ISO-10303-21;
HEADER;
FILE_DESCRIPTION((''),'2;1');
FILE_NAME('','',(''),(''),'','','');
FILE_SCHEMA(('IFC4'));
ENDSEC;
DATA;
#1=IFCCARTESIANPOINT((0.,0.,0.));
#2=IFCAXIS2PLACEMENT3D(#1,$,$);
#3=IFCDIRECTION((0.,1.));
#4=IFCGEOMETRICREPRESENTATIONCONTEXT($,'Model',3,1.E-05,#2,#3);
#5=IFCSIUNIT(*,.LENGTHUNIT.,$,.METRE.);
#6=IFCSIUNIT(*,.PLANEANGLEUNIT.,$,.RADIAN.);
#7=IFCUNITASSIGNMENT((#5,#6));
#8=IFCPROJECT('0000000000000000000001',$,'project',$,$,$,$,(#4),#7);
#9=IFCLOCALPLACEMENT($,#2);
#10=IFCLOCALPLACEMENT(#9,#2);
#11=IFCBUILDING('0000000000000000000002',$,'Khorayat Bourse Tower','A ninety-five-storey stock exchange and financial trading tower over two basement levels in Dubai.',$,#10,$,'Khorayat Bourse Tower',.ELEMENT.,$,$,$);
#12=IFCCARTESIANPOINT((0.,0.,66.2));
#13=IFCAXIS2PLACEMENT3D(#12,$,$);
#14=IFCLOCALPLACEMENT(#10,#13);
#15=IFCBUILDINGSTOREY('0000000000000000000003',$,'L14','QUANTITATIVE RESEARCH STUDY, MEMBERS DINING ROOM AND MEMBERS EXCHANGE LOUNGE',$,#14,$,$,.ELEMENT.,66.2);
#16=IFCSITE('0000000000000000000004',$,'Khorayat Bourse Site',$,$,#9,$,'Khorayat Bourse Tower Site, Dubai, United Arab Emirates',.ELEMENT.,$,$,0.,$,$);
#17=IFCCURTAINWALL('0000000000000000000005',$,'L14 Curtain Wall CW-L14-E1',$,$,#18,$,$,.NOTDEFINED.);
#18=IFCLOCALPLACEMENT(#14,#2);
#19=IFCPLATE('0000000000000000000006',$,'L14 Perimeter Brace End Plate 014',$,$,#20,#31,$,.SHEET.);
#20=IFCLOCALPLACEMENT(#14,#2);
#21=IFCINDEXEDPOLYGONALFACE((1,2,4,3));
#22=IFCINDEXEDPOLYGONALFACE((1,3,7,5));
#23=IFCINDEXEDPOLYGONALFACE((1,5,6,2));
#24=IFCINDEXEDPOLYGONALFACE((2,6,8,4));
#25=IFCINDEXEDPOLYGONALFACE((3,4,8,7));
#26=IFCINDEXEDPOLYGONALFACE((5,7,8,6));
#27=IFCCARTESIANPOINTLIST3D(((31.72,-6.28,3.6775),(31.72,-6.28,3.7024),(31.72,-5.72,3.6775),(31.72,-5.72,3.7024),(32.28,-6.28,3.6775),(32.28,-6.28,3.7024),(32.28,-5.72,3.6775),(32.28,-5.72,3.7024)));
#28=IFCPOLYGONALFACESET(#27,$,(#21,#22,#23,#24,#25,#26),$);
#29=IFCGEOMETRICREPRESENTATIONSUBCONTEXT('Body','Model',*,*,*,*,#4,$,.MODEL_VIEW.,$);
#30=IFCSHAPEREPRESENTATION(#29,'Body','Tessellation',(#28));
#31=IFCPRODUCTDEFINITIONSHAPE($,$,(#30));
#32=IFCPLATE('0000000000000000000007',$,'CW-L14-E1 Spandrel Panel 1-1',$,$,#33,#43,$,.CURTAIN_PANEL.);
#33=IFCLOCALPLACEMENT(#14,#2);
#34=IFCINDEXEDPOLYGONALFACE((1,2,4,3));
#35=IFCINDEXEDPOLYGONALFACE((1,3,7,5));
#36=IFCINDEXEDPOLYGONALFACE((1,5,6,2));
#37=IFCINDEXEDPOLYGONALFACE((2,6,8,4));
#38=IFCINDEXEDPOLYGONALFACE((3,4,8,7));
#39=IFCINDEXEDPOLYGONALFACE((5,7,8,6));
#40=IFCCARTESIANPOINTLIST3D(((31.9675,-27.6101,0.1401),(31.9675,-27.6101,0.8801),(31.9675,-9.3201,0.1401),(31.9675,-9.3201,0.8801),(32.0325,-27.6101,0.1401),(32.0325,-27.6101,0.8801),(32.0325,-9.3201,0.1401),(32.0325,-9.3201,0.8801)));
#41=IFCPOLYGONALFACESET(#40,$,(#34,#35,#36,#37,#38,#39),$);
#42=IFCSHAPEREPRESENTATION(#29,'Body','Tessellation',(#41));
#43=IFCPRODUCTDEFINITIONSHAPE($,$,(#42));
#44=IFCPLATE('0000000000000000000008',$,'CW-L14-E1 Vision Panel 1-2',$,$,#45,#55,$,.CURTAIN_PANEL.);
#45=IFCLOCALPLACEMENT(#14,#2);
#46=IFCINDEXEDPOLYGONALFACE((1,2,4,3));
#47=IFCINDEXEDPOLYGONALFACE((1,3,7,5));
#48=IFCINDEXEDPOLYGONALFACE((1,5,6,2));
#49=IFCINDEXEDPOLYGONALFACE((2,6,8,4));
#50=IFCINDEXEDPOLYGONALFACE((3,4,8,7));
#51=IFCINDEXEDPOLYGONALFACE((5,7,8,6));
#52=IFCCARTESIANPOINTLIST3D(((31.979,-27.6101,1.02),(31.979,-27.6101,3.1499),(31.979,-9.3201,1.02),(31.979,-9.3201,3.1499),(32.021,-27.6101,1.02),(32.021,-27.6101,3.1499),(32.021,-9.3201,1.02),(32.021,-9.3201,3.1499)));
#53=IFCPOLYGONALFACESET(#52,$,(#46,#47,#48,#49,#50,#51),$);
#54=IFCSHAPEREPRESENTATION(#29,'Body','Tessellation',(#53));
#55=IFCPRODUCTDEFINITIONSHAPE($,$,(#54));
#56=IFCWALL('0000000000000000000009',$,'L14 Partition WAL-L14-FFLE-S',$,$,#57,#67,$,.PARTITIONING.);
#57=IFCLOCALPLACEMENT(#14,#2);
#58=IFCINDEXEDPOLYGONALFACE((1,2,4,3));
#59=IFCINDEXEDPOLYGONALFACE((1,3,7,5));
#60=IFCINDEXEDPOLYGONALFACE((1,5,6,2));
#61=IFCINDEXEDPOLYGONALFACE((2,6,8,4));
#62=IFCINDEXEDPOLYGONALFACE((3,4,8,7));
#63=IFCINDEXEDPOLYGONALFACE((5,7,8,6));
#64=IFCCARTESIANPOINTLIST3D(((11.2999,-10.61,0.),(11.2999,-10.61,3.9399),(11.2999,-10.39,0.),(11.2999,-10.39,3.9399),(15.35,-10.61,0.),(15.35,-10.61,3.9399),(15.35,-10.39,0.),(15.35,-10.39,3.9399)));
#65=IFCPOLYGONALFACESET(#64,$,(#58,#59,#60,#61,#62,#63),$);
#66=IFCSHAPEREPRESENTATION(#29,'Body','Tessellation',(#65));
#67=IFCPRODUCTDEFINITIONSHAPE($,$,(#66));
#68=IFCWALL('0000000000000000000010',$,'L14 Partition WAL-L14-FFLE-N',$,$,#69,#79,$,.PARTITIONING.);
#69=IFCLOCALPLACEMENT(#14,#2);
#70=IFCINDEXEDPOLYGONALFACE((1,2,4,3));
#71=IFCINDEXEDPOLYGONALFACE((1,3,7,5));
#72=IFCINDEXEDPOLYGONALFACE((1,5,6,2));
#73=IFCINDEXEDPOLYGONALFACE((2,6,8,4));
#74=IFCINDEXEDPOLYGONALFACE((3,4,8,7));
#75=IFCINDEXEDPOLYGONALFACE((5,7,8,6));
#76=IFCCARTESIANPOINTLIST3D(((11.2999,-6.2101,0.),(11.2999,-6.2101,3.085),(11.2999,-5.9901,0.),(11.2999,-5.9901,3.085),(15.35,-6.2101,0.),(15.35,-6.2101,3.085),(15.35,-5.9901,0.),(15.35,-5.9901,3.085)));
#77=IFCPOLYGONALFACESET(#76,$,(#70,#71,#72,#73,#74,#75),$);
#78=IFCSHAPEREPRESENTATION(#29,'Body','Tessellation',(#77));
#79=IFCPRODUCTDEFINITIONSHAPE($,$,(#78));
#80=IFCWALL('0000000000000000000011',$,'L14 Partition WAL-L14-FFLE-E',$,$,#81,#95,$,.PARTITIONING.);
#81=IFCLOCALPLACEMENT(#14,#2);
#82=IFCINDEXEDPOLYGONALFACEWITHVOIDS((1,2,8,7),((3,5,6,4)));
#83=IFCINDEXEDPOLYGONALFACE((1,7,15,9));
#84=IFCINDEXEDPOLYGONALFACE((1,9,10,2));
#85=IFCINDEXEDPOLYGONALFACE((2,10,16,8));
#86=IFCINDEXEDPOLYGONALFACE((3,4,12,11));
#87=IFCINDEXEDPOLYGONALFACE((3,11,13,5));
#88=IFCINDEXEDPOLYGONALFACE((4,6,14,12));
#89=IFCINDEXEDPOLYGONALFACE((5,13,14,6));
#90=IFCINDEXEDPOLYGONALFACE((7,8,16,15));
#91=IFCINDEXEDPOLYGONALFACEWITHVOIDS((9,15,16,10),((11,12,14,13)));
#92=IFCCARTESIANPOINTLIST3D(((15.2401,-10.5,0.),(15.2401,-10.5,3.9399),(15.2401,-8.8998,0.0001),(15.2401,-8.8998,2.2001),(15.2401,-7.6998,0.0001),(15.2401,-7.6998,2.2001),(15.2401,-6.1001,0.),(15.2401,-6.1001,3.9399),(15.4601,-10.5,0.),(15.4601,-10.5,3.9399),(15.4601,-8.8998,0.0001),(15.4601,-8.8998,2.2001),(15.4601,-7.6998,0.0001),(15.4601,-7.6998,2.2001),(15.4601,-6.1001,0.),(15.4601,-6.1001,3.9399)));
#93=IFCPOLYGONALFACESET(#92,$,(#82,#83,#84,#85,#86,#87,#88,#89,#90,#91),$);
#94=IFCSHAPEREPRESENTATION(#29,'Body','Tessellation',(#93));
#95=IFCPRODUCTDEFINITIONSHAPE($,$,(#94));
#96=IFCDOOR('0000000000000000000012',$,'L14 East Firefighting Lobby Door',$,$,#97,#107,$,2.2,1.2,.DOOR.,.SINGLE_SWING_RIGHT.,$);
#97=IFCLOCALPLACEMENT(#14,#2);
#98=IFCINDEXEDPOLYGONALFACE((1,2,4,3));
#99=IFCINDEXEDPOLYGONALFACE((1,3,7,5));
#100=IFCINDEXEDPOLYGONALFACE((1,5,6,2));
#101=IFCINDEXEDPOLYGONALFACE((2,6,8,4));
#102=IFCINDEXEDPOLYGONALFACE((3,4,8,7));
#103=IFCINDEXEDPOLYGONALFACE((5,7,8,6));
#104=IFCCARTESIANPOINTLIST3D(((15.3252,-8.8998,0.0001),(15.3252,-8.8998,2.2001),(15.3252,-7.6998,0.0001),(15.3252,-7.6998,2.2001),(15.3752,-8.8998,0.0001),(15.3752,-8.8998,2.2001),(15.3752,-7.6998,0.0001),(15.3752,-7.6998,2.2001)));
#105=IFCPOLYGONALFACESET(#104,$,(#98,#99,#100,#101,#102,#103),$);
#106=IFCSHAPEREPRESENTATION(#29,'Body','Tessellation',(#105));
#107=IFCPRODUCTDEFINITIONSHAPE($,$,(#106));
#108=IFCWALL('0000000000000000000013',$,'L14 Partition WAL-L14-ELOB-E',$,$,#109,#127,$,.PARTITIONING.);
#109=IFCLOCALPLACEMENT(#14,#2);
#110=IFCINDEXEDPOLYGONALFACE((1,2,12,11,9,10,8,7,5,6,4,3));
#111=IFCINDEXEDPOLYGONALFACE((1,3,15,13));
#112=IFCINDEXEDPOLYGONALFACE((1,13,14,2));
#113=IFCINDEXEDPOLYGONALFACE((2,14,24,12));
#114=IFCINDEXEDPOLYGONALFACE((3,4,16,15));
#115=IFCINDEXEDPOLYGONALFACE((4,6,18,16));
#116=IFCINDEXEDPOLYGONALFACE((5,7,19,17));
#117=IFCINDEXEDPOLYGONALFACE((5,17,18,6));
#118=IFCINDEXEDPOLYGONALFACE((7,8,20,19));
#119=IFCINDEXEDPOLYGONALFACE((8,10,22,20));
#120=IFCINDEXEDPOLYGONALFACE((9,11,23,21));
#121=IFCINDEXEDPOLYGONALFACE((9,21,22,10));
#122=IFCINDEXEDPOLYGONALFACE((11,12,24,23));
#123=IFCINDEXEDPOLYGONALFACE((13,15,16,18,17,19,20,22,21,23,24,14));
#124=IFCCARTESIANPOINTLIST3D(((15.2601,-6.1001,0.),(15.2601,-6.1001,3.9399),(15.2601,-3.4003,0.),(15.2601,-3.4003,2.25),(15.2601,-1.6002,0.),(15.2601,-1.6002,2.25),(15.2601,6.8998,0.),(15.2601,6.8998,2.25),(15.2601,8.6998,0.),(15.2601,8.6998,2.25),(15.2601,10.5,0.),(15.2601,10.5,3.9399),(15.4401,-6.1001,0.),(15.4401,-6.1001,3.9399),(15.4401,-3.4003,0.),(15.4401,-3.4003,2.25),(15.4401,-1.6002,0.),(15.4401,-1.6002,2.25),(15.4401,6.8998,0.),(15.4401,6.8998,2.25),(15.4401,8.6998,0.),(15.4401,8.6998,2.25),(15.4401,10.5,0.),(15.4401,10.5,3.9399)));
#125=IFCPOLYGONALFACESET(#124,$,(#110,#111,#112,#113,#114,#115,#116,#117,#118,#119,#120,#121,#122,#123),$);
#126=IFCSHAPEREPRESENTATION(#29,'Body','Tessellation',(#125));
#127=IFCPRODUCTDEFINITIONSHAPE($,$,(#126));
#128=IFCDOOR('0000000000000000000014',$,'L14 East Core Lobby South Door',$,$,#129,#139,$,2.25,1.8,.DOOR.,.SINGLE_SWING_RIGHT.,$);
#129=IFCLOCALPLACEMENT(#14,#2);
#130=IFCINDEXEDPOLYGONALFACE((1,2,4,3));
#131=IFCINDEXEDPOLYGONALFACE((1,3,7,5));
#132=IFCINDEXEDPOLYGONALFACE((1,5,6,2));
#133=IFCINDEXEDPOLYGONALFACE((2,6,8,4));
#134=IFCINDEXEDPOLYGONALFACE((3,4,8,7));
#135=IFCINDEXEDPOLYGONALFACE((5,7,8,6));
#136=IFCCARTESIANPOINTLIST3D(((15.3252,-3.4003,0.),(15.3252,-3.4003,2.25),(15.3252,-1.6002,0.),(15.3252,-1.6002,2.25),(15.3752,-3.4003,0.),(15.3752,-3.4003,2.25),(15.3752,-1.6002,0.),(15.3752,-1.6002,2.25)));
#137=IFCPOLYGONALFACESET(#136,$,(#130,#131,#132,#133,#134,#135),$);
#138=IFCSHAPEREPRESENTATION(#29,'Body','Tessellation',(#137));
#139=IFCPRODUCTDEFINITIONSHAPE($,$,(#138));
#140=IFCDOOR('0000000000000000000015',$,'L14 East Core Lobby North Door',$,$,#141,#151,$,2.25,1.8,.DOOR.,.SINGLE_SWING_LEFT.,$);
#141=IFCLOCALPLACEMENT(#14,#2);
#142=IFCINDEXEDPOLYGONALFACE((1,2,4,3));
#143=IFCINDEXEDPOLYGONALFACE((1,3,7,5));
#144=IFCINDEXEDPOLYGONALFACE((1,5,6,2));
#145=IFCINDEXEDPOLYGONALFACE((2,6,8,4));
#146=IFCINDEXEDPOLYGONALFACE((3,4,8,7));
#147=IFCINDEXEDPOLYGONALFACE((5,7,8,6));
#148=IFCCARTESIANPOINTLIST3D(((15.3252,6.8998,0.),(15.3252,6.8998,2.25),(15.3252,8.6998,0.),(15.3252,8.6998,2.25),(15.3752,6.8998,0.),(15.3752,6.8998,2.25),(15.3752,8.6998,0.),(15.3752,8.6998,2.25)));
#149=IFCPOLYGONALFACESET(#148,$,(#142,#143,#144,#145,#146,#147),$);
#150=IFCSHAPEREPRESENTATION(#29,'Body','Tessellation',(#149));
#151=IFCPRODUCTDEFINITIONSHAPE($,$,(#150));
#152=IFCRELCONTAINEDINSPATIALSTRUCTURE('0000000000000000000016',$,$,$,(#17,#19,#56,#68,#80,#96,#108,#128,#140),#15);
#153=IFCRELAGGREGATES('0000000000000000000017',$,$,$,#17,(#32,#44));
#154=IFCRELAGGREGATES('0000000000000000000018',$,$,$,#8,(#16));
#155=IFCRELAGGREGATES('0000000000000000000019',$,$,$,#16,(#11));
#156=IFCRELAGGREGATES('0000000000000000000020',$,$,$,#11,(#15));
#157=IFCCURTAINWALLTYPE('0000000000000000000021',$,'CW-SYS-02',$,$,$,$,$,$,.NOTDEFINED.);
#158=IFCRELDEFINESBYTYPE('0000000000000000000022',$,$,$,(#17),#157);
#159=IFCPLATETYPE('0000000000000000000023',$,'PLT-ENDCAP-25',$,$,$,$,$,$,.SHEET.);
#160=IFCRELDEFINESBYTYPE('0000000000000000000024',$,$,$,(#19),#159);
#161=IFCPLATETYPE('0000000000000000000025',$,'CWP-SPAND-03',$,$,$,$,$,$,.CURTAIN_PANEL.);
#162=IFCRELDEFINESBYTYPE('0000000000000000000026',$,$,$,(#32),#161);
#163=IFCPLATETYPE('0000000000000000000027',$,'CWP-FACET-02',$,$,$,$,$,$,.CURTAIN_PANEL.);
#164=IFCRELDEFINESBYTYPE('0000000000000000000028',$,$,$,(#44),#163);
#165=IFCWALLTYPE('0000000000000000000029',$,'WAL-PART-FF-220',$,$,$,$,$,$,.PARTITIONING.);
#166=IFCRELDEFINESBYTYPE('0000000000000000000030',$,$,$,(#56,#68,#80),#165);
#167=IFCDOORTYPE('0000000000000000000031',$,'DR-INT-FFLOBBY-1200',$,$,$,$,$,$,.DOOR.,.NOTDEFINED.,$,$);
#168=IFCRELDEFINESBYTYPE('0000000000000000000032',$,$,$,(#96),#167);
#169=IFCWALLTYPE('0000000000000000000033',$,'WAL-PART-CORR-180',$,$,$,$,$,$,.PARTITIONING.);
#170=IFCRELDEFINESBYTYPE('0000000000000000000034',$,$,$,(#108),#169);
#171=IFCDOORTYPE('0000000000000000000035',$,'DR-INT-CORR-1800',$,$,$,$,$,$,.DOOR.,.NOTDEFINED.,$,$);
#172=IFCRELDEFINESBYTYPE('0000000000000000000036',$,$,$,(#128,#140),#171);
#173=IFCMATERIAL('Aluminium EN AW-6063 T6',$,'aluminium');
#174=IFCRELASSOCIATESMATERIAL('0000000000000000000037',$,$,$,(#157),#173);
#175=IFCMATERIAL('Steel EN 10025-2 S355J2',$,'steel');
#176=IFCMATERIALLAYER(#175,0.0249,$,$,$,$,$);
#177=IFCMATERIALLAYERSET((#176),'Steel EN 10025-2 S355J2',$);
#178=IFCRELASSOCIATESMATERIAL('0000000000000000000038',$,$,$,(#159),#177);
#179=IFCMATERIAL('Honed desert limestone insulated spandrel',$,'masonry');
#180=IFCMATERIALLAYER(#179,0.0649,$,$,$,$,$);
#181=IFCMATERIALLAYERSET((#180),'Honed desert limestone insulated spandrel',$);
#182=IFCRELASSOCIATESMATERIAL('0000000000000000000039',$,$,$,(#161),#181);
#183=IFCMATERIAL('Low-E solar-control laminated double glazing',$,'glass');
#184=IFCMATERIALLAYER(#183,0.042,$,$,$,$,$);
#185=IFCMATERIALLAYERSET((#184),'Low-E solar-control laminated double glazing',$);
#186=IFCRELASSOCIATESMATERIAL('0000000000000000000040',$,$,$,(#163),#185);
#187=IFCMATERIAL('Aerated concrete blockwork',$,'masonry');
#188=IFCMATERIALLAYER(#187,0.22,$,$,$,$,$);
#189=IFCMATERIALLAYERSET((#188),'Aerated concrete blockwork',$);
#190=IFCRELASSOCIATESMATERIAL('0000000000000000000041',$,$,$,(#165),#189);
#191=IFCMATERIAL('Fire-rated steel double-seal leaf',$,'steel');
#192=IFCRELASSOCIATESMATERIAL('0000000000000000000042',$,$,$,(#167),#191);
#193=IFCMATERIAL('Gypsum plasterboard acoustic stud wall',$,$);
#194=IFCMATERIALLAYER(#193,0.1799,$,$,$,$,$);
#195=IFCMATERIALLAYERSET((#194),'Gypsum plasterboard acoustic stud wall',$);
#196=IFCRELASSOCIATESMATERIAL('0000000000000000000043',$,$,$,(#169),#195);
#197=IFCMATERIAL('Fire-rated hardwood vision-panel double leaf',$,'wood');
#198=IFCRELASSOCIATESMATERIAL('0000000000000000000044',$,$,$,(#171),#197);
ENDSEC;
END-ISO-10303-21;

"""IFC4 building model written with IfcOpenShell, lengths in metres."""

from ifc_helpers import new_model, si_unit, direction, frame, frame_2d, origin, origin_2d, place, context, subcontext, project, spatial, rectangle, extrude, source, transform, mapped, material, layer, layer_set, type_object, element, fill, aggregate, save


model = new_model("IFC4")

# Units and contexts
model_context = context("Model", 3, precision=1e-05, world=origin(), true_north=direction((0.0, 1.0)))
body_context = subcontext(model_context, "Body", "Model", "MODEL_VIEW")
ifc_project = project(units=[si_unit("LENGTHUNIT", "METRE"), si_unit("PLANEANGLEUNIT", "RADIAN")], contexts=[model_context])

# Site, building, storey
site_placement = place(None, origin())
site = spatial("IfcSite", under=ifc_project, at=site_placement, Name="Khorayat Bourse Site", LongName="Khorayat Bourse Tower Site, Dubai, United Arab Emirates", CompositionType="ELEMENT", RefElevation=0.0)
building_placement = place(site_placement, origin())
building = spatial("IfcBuilding", under=site, at=building_placement, Name="Khorayat Bourse Tower", Description="A ninety-five-storey stock exchange and financial trading tower over two basement levels in Dubai.", LongName="Khorayat Bourse Tower", CompositionType="ELEMENT")
storey_placement = place(building_placement, frame((0.0, 0.0, 66.2)))
storey = spatial("IfcBuildingStorey", under=building, at=storey_placement, Name="L14", Description="QUANTITATIVE RESEARCH STUDY, MEMBERS DINING ROOM AND MEMBERS EXCHANGE LOUNGE", CompositionType="ELEMENT", Elevation=66.2)

# Curtain wall
ifc_material_1 = material(Name="Aluminium EN AW-6063 T6", Category="aluminium")
curtain_wall_type = type_object("IfcCurtainWallType", Name="CW-SYS-02", PredefinedType="NOTDEFINED", material=ifc_material_1)
curtain_wall_placement = place(storey_placement, origin())
curtain_wall = element("IfcCurtainWall", 1, at=curtain_wall_placement, inside=storey, type_object=curtain_wall_type, Name="L14 Curtain Wall CW-L14-E1", PredefinedType="NOTDEFINED")

# Plate
ifc_material_2 = material(Name="Steel EN 10025-2 S355J2", Category="steel")
ifc_layer_1 = layer(ifc_material_2, 0.0249)
ifc_layer_set_1 = layer_set([ifc_layer_1], Name="Steel EN 10025-2 S355J2")
plate_type_1 = type_object("IfcPlateType", Name="PLT-ENDCAP-25", PredefinedType="SHEET", material=ifc_layer_set_1)
shared_shape_1 = source(origin(), body_context, "Body", "SweptSolid", [
    extrude(rectangle(XDim=0.5601, YDim=0.5601, at=origin_2d()), origin(), (0.0, 0.0, 1.0), 0.0249),
])
for number, where, z_axis, x_axis, name in (
    (2, (32.0, -6.0, 3.6775), (0.0, 0.0, 1.0), (1.0, 0.0, 0.0), "L14 Perimeter Brace End Plate 014"),
):
    element("IfcPlate", number, at=place(storey_placement, frame(where, z_axis=z_axis, x_axis=x_axis)), inside=storey, type_object=plate_type_1, Name=name, PredefinedType="SHEET", context=body_context, shape_type="MappedRepresentation", body=[
        mapped(shared_shape_1, transform((0.0, 0.0, 0.0), scale=1.0)),
    ])

# Plates
ifc_material_3 = material(Name="Honed desert limestone insulated spandrel", Category="masonry")
ifc_layer_2 = layer(ifc_material_3, 0.0649)
ifc_layer_set_2 = layer_set([ifc_layer_2], Name="Honed desert limestone insulated spandrel")
plate_type_2 = type_object("IfcPlateType", Name="CWP-SPAND-03", PredefinedType="CURTAIN_PANEL", material=ifc_layer_set_2)
shared_shape_2 = source(origin(), body_context, "Body", "SweptSolid", [
    extrude(rectangle(XDim=18.29, YDim=0.0649, at=origin_2d()), origin(), (0.0, 0.0, 1.0), 0.74),
])
plate_1_placement = place(storey_placement, frame((32.0, -18.4651, 0.1401), z_axis=(0.0, 0.0, 1.0), x_axis=(0.0, 1.0, 0.0)))
plate_1 = element("IfcPlate", 3, at=plate_1_placement, type_object=plate_type_2, Name="CW-L14-E1 Spandrel Panel 1-1", PredefinedType="CURTAIN_PANEL", context=body_context, shape_type="MappedRepresentation", body=[
    mapped(shared_shape_2, transform((0.0, 0.0, 0.0), scale=1.0)),
])
ifc_material_4 = material(Name="Low-E solar-control laminated double glazing", Category="glass")
ifc_layer_3 = layer(ifc_material_4, 0.042)
ifc_layer_set_3 = layer_set([ifc_layer_3], Name="Low-E solar-control laminated double glazing")
plate_type_3 = type_object("IfcPlateType", Name="CWP-FACET-02", PredefinedType="CURTAIN_PANEL", material=ifc_layer_set_3)
shared_shape_3 = source(origin(), body_context, "Body", "SweptSolid", [
    extrude(rectangle(XDim=18.29, YDim=0.042, at=origin_2d()), origin(), (0.0, 0.0, 1.0), 2.1299),
])
plate_2_placement = place(storey_placement, frame((32.0, -18.4651, 1.02), z_axis=(0.0, 0.0, 1.0), x_axis=(0.0, 1.0, 0.0)))
plate_2 = element("IfcPlate", 4, at=plate_2_placement, type_object=plate_type_3, Name="CW-L14-E1 Vision Panel 1-2", PredefinedType="CURTAIN_PANEL", context=body_context, shape_type="MappedRepresentation", body=[
    mapped(shared_shape_3, transform((0.0, 0.0, 0.0), scale=1.0)),
])
aggregate(curtain_wall, [plate_1, plate_2])

# Walls
ifc_material_5 = material(Name="Aerated concrete blockwork", Category="masonry")
ifc_layer_4 = layer(ifc_material_5, 0.22)
ifc_layer_set_4 = layer_set([ifc_layer_4], Name="Aerated concrete blockwork")
wall_type_1 = type_object("IfcWallType", Name="WAL-PART-FF-220", PredefinedType="PARTITIONING", material=ifc_layer_set_4)
shared_shape_4 = source(origin(), body_context, "Body", "SweptSolid", [
    extrude(rectangle(XDim=4.05, YDim=0.22, at=frame_2d((2.0249, 0.0))), origin(), (0.0, 0.0, 1.0), 3.9399),
])
wall_1_placement = place(storey_placement, frame((11.3, -10.5, 0.0), z_axis=(0.0, 0.0, 1.0), x_axis=(1.0, 0.0, 0.0)))
element("IfcWall", 5, at=wall_1_placement, inside=storey, type_object=wall_type_1, Name="L14 Partition WAL-L14-FFLE-S", PredefinedType="PARTITIONING", context=body_context, shape_type="MappedRepresentation", body=[
    mapped(shared_shape_4, transform((0.0, 0.0, 0.0), scale=1.0)),
])
shared_shape_5 = source(origin(), body_context, "Body", "SweptSolid", [
    extrude(rectangle(XDim=4.05, YDim=0.22, at=frame_2d((2.0249, 0.0))), origin(), (0.0, 0.0, 1.0), 3.085),
])
wall_2_placement = place(storey_placement, frame((11.3, -6.1001, 0.0), z_axis=(0.0, 0.0, 1.0), x_axis=(1.0, 0.0, 0.0)))
element("IfcWall", 6, at=wall_2_placement, inside=storey, type_object=wall_type_1, Name="L14 Partition WAL-L14-FFLE-N", PredefinedType="PARTITIONING", context=body_context, shape_type="MappedRepresentation", body=[
    mapped(shared_shape_5, transform((0.0, 0.0, 0.0), scale=1.0)),
])

# Wall, opening, door
shared_shape_6 = source(origin(), body_context, "Body", "SweptSolid", [
    extrude(rectangle(XDim=4.3999, YDim=0.22, at=frame_2d((2.2, 0.0))), origin(), (0.0, 0.0, 1.0), 3.9399),
])
wall_3_placement = place(storey_placement, frame((15.3501, -10.5, 0.0), z_axis=(0.0, 0.0, 1.0), x_axis=(0.0, 1.0, 0.0)))
wall_3 = element("IfcWall", 7, at=wall_3_placement, inside=storey, type_object=wall_type_1, Name="L14 Partition WAL-L14-FFLE-E", PredefinedType="PARTITIONING", context=body_context, shape_type="MappedRepresentation", body=[
    mapped(shared_shape_6, transform((0.0, 0.0, 0.0), scale=1.0)),
])
shared_shape_7 = source(origin(), body_context, "Body", "SweptSolid", [
    extrude(rectangle(XDim=1.2, YDim=2.2, at=frame_2d((0.6001, 1.1001))), frame((0.0, 0.1199, 0.0), z_axis=(0.0, -1.0, 0.0), x_axis=(1.0, 0.0, 0.0)), (0.0, 0.0, 1.0), 0.24),
])
opening_1_placement = place(wall_3_placement, frame((1.6001, 0.0, 0.0)))
opening_1 = element("IfcOpeningElement", 8, at=opening_1_placement, cuts=wall_3, PredefinedType="OPENING", context=body_context, shape_type="MappedRepresentation", body=[
    mapped(shared_shape_7, transform((0.0, 0.0, 0.0), scale=1.0)),
])
ifc_material_6 = material(Name="Fire-rated steel double-seal leaf", Category="steel")
door_type_1 = type_object("IfcDoorType", Name="DR-INT-FFLOBBY-1200", OperationType="NOTDEFINED", PredefinedType="DOOR", material=ifc_material_6)
shared_shape_8 = source(origin(), body_context, "Body", "SweptSolid", [
    extrude(rectangle(XDim=1.2, YDim=2.2, at=frame_2d((0.6001, 1.1001))), frame((0.0, 0.0249, 0.0), z_axis=(0.0, -1.0, 0.0), x_axis=(1.0, 0.0, 0.0)), (0.0, 0.0, 1.0), 0.05),
])
door_1_placement = place(opening_1_placement, origin())
door_1 = element("IfcDoor", 9, at=door_1_placement, inside=storey, type_object=door_type_1, Name="L14 East Firefighting Lobby Door", OperationType="SINGLE_SWING_RIGHT", OverallHeight=2.2, OverallWidth=1.2, PredefinedType="DOOR", context=body_context, shape_type="MappedRepresentation", body=[
    mapped(shared_shape_8, transform((0.0, 0.0, 0.0), scale=1.0)),
])
fill(opening_1, door_1)

# Wall, openings, doors
ifc_material_7 = material(Name="Gypsum plasterboard acoustic stud wall")
ifc_layer_5 = layer(ifc_material_7, 0.1799)
ifc_layer_set_5 = layer_set([ifc_layer_5], Name="Gypsum plasterboard acoustic stud wall")
wall_type_2 = type_object("IfcWallType", Name="WAL-PART-CORR-180", PredefinedType="PARTITIONING", material=ifc_layer_set_5)
shared_shape_9 = source(origin(), body_context, "Body", "SweptSolid", [
    extrude(rectangle(XDim=16.6001, YDim=0.1799, at=frame_2d((8.3, 0.0))), origin(), (0.0, 0.0, 1.0), 3.9399),
])
wall_4_placement = place(storey_placement, frame((15.3501, -6.1001, 0.0), z_axis=(0.0, 0.0, 1.0), x_axis=(0.0, 1.0, 0.0)))
wall_4 = element("IfcWall", 10, at=wall_4_placement, inside=storey, type_object=wall_type_2, Name="L14 Partition WAL-L14-ELOB-E", PredefinedType="PARTITIONING", context=body_context, shape_type="MappedRepresentation", body=[
    mapped(shared_shape_9, transform((0.0, 0.0, 0.0), scale=1.0)),
])
shared_shape_10 = source(origin(), body_context, "Body", "SweptSolid", [
    extrude(rectangle(XDim=1.8, YDim=2.25, at=frame_2d((0.8999, 1.125))), frame((0.0, 0.0999, 0.0), z_axis=(0.0, -1.0, 0.0), x_axis=(1.0, 0.0, 0.0)), (0.0, 0.0, 1.0), 0.2),
])
opening_2_placement = place(wall_4_placement, frame((2.7, 0.0, 0.0)))
opening_2 = element("IfcOpeningElement", 11, at=opening_2_placement, cuts=wall_4, PredefinedType="OPENING", context=body_context, shape_type="MappedRepresentation", body=[
    mapped(shared_shape_10, transform((0.0, 0.0, 0.0), scale=1.0)),
])
opening_3_placement = place(wall_4_placement, frame((13.0, 0.0, 0.0)))
opening_3 = element("IfcOpeningElement", 12, at=opening_3_placement, cuts=wall_4, PredefinedType="OPENING", context=body_context, shape_type="MappedRepresentation", body=[
    mapped(shared_shape_10, transform((0.0, 0.0, 0.0), scale=1.0)),
])
ifc_material_8 = material(Name="Fire-rated hardwood vision-panel double leaf", Category="wood")
door_type_2 = type_object("IfcDoorType", Name="DR-INT-CORR-1800", OperationType="NOTDEFINED", PredefinedType="DOOR", material=ifc_material_8)
shared_shape_11 = source(origin(), body_context, "Body", "SweptSolid", [
    extrude(rectangle(XDim=1.8, YDim=2.25, at=frame_2d((0.8999, 1.125))), frame((0.0, 0.0249, 0.0), z_axis=(0.0, -1.0, 0.0), x_axis=(1.0, 0.0, 0.0)), (0.0, 0.0, 1.0), 0.05),
])
door_2_placement = place(opening_2_placement, origin())
door_2 = element("IfcDoor", 13, at=door_2_placement, inside=storey, type_object=door_type_2, Name="L14 East Core Lobby South Door", OperationType="SINGLE_SWING_RIGHT", OverallHeight=2.25, OverallWidth=1.8, PredefinedType="DOOR", context=body_context, shape_type="MappedRepresentation", body=[
    mapped(shared_shape_11, transform((0.0, 0.0, 0.0), scale=1.0)),
])
fill(opening_2, door_2)
door_3_placement = place(opening_3_placement, origin())
door_3 = element("IfcDoor", 14, at=door_3_placement, inside=storey, type_object=door_type_2, Name="L14 East Core Lobby North Door", OperationType="SINGLE_SWING_LEFT", OverallHeight=2.25, OverallWidth=1.8, PredefinedType="DOOR", context=body_context, shape_type="MappedRepresentation", body=[
    mapped(shared_shape_11, transform((0.0, 0.0, 0.0), scale=1.0)),
])
fill(opening_3, door_3)

save(model, "model.ifc")
